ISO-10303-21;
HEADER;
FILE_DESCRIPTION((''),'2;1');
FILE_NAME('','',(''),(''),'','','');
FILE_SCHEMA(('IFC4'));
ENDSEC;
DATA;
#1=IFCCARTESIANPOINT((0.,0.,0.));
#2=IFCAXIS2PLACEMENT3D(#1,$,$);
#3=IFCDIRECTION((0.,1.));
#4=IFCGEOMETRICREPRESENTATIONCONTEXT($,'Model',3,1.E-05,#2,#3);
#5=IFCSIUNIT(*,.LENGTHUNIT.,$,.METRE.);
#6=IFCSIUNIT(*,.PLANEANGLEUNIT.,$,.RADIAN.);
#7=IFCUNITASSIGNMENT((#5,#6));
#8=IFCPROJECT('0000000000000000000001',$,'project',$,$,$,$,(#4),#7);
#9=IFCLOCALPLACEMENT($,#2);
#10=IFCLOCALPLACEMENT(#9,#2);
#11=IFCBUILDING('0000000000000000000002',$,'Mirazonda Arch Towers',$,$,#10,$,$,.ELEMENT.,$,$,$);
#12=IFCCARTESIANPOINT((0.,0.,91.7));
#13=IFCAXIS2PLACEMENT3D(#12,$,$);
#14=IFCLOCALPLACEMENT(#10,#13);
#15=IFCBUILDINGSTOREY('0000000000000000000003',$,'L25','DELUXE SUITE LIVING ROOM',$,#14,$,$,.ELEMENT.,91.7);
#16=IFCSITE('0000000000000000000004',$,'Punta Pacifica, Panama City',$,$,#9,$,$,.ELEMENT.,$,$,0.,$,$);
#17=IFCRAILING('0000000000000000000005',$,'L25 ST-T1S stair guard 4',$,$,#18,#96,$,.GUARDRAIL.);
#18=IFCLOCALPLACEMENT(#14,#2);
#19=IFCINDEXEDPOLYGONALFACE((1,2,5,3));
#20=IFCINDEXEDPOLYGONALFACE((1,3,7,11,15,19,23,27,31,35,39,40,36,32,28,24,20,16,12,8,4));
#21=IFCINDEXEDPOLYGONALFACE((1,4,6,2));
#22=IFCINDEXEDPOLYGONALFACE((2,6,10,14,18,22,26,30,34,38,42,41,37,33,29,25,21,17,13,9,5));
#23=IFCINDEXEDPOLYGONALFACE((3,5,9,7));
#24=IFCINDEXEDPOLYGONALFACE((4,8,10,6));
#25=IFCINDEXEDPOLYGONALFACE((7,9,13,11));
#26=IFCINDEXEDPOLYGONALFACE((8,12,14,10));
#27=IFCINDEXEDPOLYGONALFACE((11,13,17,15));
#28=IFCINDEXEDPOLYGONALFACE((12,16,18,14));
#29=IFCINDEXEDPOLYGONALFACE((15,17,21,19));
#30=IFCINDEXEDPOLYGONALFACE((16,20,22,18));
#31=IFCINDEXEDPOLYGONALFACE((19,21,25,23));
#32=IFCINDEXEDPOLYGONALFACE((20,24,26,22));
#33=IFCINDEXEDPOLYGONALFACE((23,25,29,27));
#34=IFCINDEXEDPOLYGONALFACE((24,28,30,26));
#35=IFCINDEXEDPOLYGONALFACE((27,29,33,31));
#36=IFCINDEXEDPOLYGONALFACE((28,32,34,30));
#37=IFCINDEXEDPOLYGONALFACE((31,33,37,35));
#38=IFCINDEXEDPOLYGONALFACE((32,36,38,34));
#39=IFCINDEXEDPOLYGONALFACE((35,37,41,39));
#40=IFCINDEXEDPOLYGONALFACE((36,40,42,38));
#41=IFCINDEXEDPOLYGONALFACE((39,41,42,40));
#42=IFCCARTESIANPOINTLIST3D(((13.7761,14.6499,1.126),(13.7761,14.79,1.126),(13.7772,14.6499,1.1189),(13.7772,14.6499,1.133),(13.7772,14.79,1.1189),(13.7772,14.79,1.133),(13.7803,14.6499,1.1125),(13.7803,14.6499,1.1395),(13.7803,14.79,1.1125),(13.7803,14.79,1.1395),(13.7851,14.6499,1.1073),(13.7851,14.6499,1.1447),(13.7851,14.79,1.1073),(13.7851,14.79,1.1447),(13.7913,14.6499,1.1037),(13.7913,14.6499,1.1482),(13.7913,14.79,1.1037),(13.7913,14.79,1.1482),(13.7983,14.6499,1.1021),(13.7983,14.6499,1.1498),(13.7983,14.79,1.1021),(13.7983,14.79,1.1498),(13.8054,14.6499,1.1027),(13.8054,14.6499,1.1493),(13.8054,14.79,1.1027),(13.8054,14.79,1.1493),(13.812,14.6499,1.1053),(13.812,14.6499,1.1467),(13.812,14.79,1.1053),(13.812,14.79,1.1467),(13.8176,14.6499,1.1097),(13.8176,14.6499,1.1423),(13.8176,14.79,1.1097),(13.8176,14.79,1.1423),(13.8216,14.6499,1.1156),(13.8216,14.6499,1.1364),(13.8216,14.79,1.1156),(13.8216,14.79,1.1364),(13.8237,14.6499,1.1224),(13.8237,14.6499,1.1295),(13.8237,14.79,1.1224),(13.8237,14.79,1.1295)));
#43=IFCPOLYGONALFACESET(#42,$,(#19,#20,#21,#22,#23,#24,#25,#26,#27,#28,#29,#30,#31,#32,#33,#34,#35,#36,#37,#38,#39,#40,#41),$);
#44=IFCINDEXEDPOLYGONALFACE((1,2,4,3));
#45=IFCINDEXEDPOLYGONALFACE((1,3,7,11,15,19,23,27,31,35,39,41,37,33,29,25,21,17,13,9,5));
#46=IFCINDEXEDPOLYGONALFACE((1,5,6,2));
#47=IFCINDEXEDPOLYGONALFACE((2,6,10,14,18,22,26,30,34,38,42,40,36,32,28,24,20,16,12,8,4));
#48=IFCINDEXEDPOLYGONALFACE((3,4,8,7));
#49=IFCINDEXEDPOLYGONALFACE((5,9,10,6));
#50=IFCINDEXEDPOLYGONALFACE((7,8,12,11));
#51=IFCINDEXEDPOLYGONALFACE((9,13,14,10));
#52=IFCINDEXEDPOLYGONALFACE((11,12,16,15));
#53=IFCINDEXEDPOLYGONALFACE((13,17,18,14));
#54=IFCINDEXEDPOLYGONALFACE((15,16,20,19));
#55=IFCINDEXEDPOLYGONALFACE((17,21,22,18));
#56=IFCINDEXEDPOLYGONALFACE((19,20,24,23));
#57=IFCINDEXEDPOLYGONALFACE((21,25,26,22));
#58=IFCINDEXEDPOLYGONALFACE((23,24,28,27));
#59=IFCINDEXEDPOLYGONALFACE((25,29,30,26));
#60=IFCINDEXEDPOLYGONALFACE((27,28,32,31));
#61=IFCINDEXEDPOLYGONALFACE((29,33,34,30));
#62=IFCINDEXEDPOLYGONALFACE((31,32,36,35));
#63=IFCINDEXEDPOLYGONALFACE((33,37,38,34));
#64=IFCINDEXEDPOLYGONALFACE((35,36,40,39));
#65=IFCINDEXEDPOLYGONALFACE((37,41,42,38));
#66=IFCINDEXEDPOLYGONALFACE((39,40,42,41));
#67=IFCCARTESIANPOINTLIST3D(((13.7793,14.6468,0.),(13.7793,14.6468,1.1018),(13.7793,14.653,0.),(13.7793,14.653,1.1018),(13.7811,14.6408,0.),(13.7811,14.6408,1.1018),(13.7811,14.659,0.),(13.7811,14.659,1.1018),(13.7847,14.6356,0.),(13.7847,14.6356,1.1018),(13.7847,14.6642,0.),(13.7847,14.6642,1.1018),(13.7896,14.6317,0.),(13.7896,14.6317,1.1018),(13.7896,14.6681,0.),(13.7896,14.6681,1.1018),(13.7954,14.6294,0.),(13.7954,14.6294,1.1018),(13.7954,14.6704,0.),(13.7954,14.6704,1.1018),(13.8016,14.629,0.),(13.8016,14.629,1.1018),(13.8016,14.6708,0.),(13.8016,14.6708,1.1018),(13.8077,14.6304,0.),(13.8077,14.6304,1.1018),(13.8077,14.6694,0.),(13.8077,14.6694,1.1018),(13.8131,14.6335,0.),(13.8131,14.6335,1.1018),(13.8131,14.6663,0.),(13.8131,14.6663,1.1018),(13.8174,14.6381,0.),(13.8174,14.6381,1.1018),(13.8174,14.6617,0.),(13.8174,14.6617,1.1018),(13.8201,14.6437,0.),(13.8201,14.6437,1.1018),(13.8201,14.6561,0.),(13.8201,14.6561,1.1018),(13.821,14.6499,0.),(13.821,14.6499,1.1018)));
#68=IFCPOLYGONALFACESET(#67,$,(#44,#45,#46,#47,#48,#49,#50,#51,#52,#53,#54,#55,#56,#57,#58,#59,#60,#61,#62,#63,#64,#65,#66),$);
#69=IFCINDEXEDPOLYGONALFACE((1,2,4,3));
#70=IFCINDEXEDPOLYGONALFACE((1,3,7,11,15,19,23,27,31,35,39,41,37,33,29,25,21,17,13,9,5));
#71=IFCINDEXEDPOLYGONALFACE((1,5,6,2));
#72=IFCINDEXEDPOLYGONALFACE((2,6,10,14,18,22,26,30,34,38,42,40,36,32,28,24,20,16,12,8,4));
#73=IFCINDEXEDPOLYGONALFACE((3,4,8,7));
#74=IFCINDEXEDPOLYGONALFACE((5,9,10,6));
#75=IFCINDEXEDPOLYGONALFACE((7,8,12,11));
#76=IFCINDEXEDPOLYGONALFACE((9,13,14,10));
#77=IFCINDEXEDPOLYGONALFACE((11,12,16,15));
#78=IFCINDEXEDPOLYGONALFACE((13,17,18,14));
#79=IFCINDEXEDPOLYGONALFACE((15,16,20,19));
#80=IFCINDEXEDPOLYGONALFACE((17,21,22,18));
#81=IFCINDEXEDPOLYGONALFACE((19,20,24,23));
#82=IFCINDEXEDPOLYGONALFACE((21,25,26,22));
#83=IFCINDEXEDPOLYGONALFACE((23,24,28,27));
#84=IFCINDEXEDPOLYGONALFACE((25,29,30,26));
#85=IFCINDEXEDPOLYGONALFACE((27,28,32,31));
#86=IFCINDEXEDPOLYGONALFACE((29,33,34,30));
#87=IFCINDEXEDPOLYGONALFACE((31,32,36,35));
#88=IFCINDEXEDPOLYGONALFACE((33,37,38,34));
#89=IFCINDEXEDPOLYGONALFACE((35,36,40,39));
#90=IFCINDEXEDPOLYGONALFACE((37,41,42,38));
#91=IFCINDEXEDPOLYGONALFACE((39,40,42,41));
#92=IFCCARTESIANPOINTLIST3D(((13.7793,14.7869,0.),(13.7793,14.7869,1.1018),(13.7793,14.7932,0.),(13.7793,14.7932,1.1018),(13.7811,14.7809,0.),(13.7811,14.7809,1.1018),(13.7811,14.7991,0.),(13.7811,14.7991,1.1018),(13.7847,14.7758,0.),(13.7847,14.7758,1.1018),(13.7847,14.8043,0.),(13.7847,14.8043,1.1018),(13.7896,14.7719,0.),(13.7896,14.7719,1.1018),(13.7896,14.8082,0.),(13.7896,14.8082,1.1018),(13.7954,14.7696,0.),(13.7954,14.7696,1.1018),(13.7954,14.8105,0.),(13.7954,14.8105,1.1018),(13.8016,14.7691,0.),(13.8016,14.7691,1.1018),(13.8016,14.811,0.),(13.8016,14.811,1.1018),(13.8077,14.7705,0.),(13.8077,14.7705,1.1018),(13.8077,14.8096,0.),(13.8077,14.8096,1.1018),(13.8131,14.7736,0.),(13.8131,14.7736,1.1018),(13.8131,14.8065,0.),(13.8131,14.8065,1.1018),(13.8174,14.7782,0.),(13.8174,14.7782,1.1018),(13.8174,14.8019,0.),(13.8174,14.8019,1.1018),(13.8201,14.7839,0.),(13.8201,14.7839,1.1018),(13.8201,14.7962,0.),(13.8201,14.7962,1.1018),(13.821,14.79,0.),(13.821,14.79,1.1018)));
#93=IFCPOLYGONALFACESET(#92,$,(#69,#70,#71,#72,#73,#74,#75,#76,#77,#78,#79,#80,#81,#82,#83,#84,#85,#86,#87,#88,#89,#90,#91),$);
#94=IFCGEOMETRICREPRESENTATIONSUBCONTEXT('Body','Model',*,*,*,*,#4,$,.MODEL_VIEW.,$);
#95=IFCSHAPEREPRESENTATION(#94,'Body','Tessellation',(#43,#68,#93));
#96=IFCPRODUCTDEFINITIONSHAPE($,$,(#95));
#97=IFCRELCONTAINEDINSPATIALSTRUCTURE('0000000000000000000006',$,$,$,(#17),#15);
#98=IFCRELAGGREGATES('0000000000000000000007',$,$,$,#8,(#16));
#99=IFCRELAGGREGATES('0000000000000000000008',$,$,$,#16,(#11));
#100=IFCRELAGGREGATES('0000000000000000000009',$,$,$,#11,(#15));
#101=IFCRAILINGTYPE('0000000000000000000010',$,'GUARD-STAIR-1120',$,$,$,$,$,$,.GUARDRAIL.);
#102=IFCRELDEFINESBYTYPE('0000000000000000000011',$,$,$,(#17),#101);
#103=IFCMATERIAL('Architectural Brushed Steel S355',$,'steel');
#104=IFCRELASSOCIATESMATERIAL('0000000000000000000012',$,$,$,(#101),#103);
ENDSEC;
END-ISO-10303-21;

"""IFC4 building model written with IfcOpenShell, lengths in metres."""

from ifc_helpers import new_model, si_unit, direction, frame, origin, origin_2d, place, context, subcontext, project, spatial, circle, extrude, material, type_object, element, save


model = new_model("IFC4")

# Units and contexts
model_context = context("Model", 3, precision=1e-05, world=origin(), true_north=direction((0.0, 1.0)))
body_context = subcontext(model_context, "Body", "Model", "MODEL_VIEW")
ifc_project = project(units=[si_unit("LENGTHUNIT", "METRE"), si_unit("PLANEANGLEUNIT", "RADIAN")], contexts=[model_context])

# Site, building, storey
site_placement = place(None, origin())
site = spatial("IfcSite", under=ifc_project, at=site_placement, Name="Punta Pacifica, Panama City", CompositionType="ELEMENT", RefElevation=0.0)
building_placement = place(site_placement, origin())
building = spatial("IfcBuilding", under=site, at=building_placement, Name="Mirazonda Arch Towers", CompositionType="ELEMENT")
storey_placement = place(building_placement, frame((0.0, 0.0, 91.7)))
storey = spatial("IfcBuildingStorey", under=building, at=storey_placement, Name="L25", Description="DELUXE SUITE LIVING ROOM", CompositionType="ELEMENT", Elevation=91.7)

# Railing
ifc_material_1 = material(Name="Architectural Brushed Steel S355", Category="steel")
railing_type_1 = type_object("IfcRailingType", Name="GUARD-STAIR-1120", PredefinedType="GUARDRAIL", material=ifc_material_1)
railing_1_placement = place(storey_placement, frame((13.8, 14.6499, 0.0)))
element("IfcRailing", 1, at=railing_1_placement, inside=storey, type_object=railing_type_1, Name="L25 ST-T1S stair guard 4", PredefinedType="GUARDRAIL", context=body_context, shape_type="SweptSolid", body=[
    extrude(circle(Radius=0.0239, at=origin_2d()), frame((0.0, 0.0, 1.126), z_axis=(0.0, 1.0, 0.0), x_axis=(-1.0, 0.0, 0.0)), (0.0, 0.0, 1.0), 0.1401),
    extrude(circle(Radius=0.021, at=origin_2d()), origin(), (0.0, 0.0, 1.0), 1.1018),
    extrude(circle(Radius=0.021, at=origin_2d()), frame((0.0, 0.1401, 0.0)), (0.0, 0.0, 1.0), 1.1018),
])

save(model, "model.ifc")
